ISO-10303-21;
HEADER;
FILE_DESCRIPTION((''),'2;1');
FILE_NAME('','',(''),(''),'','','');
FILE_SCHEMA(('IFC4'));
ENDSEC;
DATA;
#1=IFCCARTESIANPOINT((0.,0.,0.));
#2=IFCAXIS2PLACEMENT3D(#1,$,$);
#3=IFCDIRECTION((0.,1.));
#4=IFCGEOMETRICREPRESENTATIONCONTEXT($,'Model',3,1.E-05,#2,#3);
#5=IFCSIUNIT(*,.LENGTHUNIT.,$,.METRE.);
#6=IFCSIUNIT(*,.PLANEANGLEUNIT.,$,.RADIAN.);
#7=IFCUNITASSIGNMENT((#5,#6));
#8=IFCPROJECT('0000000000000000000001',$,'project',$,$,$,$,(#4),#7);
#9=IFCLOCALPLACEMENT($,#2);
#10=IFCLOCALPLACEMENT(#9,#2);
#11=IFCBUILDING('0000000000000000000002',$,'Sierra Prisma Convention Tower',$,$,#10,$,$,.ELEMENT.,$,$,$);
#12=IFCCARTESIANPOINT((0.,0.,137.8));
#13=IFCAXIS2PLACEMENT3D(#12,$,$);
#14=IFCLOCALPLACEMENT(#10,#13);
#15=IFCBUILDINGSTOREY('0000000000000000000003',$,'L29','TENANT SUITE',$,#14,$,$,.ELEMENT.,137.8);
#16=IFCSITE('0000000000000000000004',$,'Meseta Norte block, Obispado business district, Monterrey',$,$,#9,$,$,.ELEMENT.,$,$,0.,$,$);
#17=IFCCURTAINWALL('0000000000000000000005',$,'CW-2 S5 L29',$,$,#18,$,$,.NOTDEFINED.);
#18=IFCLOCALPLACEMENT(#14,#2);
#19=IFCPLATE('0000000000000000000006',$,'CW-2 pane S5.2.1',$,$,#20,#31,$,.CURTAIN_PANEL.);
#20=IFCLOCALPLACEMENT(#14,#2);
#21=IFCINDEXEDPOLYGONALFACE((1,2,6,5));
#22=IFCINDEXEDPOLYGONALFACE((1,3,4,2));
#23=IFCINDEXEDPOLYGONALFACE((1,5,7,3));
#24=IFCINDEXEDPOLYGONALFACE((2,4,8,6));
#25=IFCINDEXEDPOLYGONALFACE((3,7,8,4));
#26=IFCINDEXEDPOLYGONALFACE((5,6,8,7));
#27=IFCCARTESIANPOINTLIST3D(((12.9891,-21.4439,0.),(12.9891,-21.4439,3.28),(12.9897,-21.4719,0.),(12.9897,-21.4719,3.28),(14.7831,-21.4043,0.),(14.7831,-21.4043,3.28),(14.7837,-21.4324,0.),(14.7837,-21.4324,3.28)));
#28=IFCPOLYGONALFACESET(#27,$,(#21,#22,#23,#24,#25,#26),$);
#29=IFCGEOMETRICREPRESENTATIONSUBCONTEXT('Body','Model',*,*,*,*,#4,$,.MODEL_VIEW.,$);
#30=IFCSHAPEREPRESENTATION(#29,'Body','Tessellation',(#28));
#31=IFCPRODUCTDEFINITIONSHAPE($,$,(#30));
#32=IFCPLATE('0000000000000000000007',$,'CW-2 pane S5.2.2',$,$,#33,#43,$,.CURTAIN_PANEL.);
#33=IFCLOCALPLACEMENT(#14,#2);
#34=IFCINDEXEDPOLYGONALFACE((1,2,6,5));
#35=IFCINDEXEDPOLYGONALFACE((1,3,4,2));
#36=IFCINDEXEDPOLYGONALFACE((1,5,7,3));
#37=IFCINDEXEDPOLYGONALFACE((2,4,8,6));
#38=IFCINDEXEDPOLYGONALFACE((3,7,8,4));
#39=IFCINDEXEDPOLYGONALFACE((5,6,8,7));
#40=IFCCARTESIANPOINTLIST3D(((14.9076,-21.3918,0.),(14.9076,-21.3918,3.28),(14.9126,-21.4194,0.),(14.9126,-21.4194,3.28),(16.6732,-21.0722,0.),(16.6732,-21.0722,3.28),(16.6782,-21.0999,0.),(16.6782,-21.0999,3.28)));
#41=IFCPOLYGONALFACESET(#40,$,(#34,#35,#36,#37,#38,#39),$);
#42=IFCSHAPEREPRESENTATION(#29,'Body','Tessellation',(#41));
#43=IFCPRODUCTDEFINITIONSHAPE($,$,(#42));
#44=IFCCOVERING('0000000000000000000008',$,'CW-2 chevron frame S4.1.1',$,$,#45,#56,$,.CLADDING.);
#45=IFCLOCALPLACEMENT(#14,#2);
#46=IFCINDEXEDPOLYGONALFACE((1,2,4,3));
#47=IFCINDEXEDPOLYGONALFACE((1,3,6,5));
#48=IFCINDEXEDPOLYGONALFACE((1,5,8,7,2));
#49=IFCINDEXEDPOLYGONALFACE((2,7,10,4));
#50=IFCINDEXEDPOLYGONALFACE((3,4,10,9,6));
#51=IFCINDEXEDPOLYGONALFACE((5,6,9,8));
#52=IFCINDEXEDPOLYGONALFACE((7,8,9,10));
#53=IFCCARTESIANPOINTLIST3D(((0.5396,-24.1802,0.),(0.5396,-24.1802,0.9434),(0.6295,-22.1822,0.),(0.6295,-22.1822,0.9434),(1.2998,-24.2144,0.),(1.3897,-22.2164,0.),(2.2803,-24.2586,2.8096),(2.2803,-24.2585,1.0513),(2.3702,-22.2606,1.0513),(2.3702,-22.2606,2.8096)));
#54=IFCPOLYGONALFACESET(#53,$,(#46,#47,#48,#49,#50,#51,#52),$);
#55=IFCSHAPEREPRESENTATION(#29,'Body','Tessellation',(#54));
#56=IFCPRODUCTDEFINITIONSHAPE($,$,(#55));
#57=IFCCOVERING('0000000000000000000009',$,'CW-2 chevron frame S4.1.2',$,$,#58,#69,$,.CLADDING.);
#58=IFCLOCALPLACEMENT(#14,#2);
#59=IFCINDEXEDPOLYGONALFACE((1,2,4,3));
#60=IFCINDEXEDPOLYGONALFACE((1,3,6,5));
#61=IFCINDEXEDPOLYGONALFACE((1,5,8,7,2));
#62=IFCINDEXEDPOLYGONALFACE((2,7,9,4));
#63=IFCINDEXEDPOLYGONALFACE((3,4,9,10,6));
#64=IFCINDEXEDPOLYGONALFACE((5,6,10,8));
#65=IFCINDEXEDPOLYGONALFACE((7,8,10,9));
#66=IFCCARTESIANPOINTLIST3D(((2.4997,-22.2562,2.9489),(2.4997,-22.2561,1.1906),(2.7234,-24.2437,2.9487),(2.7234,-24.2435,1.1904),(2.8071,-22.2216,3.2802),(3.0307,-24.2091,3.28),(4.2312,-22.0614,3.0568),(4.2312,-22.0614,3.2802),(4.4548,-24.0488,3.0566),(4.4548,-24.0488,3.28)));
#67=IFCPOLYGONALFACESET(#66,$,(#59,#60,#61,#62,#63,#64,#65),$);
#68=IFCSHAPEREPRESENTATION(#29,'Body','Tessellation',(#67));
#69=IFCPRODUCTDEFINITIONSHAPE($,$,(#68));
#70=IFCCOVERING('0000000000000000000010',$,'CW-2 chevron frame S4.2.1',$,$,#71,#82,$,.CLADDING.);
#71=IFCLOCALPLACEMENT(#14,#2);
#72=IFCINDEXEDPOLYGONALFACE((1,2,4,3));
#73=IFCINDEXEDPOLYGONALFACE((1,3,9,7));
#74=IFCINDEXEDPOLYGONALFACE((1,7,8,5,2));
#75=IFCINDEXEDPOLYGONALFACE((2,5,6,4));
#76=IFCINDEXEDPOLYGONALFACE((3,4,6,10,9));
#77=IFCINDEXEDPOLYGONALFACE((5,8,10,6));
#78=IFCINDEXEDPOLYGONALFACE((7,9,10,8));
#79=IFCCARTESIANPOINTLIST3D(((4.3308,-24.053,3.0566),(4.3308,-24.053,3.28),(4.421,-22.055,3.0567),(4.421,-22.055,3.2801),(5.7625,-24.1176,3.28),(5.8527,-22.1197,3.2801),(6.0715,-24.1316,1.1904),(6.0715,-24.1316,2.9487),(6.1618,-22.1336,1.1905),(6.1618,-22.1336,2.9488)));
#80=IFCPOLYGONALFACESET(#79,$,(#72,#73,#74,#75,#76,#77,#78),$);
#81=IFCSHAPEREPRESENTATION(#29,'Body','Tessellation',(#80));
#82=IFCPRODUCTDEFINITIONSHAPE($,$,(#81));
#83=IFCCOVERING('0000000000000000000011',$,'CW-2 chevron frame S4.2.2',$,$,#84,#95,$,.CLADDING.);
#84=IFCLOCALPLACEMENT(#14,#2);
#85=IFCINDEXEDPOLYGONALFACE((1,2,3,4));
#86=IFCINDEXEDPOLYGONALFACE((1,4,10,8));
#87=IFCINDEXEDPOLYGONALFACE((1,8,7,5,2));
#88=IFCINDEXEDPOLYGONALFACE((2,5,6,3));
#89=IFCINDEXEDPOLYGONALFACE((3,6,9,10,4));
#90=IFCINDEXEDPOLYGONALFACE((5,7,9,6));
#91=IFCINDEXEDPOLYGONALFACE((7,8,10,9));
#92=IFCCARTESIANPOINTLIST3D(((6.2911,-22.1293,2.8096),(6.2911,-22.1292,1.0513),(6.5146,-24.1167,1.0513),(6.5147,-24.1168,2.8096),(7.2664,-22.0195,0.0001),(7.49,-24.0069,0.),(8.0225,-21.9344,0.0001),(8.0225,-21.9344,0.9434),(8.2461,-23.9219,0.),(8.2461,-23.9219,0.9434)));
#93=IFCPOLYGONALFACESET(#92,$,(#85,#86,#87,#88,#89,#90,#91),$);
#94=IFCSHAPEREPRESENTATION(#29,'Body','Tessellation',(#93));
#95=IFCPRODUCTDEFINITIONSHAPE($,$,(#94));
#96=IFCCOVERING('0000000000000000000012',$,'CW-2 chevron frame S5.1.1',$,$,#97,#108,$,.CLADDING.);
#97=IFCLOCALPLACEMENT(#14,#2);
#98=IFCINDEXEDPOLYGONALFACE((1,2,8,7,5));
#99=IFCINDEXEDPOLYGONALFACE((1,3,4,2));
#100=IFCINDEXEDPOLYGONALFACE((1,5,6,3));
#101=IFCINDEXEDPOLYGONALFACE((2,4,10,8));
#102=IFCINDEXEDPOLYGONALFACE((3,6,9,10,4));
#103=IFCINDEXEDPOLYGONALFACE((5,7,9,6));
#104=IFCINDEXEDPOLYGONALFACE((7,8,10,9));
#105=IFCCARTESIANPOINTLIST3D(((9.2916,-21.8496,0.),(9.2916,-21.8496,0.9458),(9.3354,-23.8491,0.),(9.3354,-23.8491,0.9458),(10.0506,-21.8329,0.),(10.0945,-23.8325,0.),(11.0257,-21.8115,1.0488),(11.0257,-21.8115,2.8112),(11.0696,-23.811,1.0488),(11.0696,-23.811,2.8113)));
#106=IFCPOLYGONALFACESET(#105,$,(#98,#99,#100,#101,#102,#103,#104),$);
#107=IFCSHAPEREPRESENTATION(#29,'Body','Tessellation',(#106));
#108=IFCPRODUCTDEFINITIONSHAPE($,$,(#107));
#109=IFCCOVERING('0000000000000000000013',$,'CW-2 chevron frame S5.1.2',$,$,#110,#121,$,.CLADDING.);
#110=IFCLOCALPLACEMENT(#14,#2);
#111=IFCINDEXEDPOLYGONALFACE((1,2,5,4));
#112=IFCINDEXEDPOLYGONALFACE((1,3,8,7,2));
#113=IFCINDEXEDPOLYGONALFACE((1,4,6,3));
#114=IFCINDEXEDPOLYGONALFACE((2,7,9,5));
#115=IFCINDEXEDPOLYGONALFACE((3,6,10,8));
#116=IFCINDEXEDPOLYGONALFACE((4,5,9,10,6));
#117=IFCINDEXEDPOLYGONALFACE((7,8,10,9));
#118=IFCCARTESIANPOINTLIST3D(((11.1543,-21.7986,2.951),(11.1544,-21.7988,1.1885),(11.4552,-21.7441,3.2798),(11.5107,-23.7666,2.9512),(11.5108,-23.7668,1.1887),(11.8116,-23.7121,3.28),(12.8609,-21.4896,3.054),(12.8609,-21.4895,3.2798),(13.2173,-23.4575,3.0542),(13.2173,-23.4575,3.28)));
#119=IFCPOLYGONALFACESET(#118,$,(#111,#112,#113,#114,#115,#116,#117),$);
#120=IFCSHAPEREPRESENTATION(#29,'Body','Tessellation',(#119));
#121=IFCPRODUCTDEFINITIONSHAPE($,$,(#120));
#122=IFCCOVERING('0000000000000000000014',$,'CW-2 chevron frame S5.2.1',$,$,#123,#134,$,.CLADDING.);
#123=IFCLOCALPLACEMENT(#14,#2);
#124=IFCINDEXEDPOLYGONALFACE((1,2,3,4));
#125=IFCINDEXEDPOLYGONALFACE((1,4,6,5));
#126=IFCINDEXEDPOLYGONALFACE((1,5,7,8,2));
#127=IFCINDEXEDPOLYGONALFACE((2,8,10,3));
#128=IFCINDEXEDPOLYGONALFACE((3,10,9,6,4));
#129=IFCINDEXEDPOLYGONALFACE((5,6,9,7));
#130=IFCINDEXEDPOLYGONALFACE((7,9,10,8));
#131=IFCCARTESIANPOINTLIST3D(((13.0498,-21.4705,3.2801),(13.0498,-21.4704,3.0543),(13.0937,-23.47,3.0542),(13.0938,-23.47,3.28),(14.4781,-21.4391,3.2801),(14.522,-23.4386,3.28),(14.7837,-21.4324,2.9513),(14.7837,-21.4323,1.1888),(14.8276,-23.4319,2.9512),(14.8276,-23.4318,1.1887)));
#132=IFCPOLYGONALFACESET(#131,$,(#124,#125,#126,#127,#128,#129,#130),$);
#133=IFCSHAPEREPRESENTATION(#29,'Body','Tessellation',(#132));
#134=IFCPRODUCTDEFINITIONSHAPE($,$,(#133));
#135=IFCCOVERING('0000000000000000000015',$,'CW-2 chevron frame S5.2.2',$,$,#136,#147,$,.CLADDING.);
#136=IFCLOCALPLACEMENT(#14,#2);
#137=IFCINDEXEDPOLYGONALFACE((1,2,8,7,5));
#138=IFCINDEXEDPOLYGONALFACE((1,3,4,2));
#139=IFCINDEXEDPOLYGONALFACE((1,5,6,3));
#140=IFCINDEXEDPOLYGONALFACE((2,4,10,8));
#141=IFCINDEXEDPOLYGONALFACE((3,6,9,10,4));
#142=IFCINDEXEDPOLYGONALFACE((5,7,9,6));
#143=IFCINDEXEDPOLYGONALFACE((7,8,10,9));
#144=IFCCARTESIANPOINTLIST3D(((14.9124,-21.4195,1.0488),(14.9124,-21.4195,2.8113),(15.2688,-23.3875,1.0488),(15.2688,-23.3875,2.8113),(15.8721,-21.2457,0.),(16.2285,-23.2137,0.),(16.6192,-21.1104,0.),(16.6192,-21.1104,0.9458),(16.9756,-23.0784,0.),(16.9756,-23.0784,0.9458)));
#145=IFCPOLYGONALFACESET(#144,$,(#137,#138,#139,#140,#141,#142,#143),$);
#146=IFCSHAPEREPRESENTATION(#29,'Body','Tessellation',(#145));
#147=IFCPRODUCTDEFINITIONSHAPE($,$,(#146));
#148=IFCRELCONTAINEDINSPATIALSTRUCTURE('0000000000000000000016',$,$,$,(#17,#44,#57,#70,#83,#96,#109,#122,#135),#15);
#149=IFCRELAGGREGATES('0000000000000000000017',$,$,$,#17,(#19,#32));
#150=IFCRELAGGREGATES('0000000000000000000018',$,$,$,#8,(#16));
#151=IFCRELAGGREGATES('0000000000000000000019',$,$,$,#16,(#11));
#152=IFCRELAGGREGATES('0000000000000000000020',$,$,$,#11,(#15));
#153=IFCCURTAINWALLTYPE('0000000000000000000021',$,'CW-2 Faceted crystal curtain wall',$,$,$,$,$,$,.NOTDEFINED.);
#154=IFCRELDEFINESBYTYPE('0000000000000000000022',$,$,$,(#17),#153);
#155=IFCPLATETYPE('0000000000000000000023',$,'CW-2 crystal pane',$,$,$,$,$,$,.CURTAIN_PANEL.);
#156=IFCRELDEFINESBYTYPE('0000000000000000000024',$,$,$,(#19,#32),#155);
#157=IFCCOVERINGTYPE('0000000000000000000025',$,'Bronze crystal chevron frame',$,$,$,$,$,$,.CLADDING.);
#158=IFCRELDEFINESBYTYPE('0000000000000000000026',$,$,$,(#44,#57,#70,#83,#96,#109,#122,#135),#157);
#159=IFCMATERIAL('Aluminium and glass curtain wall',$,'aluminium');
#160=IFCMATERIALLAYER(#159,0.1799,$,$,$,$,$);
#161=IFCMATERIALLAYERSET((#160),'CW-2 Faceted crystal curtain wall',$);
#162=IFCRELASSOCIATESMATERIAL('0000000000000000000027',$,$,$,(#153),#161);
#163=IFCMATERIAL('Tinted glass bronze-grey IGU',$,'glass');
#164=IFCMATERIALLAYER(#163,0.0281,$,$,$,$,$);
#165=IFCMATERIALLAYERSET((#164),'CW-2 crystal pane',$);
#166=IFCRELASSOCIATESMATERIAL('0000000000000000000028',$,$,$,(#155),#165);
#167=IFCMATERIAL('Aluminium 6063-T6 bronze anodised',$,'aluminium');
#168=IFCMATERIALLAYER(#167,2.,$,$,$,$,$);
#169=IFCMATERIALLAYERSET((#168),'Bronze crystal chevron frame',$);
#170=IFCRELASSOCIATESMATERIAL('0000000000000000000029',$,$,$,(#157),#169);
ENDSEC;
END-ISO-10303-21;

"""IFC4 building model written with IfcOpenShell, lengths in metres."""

from ifc_helpers import new_model, si_unit, direction, frame, origin, place, context, subcontext, project, spatial, polyline, outline, extrude, material, layer, layer_set, type_object, element, aggregate, save


model = new_model("IFC4")

# Units and contexts
model_context = context("Model", 3, precision=1e-05, world=origin(), true_north=direction((0.0, 1.0)))
body_context = subcontext(model_context, "Body", "Model", "MODEL_VIEW")
ifc_project = project(units=[si_unit("LENGTHUNIT", "METRE"), si_unit("PLANEANGLEUNIT", "RADIAN")], contexts=[model_context])

# Site, building, storey
site_placement = place(None, origin())
site = spatial("IfcSite", under=ifc_project, at=site_placement, Name="Meseta Norte block, Obispado business district, Monterrey", CompositionType="ELEMENT", RefElevation=0.0)
building_placement = place(site_placement, origin())
building = spatial("IfcBuilding", under=site, at=building_placement, Name="Sierra Prisma Convention Tower", CompositionType="ELEMENT")
storey_placement = place(building_placement, frame((0.0, 0.0, 137.8)))
storey = spatial("IfcBuildingStorey", under=building, at=storey_placement, Name="L29", Description="TENANT SUITE", CompositionType="ELEMENT", Elevation=137.8)

# Curtain wall
ifc_material_1 = material(Name="Aluminium and glass curtain wall", Category="aluminium")
ifc_layer_1 = layer(ifc_material_1, 0.1799)
ifc_layer_set_1 = layer_set([ifc_layer_1], Name="CW-2 Faceted crystal curtain wall")
curtain_wall_type = type_object("IfcCurtainWallType", Name="CW-2 Faceted crystal curtain wall", PredefinedType="NOTDEFINED", material=ifc_layer_set_1)
curtain_wall_1_placement = place(storey_placement, origin())
curtain_wall_1 = element("IfcCurtainWall", 1, at=curtain_wall_1_placement, inside=storey, type_object=curtain_wall_type, Name="CW-2 S5 L29", PredefinedType="NOTDEFINED")

# Plates
ifc_material_2 = material(Name="Tinted glass bronze-grey IGU", Category="glass")
ifc_layer_2 = layer(ifc_material_2, 0.0281)
ifc_layer_set_2 = layer_set([ifc_layer_2], Name="CW-2 crystal pane")
plate_type = type_object("IfcPlateType", Name="CW-2 crystal pane", PredefinedType="CURTAIN_PANEL", material=ifc_layer_set_2)
plate_1_placement = place(storey_placement, frame((12.9897, -21.4719, 0.0), z_axis=(0.022041, -0.999757, 0.0), x_axis=(0.999757, 0.022041, 0.0)))
plate_1 = element("IfcPlate", 2, at=plate_1_placement, type_object=plate_type, Name="CW-2 pane S5.2.1", PredefinedType="CURTAIN_PANEL", context=body_context, shape_type="SweptSolid", body=[
    extrude(outline(polyline([(0.0, 0.0), (1.7944, 0.0), (1.7944, 3.28), (0.0, 3.28), (0.0, 0.0)])), origin(), (0.0, 0.0, -1.0), 0.0281),
])
plate_2_placement = place(storey_placement, frame((16.6782, -21.0999, 0.0), z_axis=(0.178107, -0.984011, 0.0), x_axis=(-0.984011, -0.178107, 0.0)))
plate_2 = element("IfcPlate", 3, at=plate_2_placement, type_object=plate_type, Name="CW-2 pane S5.2.2", PredefinedType="CURTAIN_PANEL", context=body_context, shape_type="SweptSolid", body=[
    extrude(outline(polyline([(0.0, 0.0), (1.7943, 0.0), (1.7943, -3.28), (0.0, -3.28), (0.0, 0.0)])), origin(), (0.0, 0.0, -1.0), 0.0281),
])
aggregate(curtain_wall_1, [plate_1, plate_2])

# Coverings
ifc_material_3 = material(Name="Aluminium 6063-T6 bronze anodised", Category="aluminium")
ifc_layer_3 = layer(ifc_material_3, 2.0)
ifc_layer_set_3 = layer_set([ifc_layer_3], Name="Bronze crystal chevron frame")
covering_type = type_object("IfcCoveringType", Name="Bronze crystal chevron frame", PredefinedType="CLADDING", material=ifc_layer_set_3)
covering_1_placement = place(storey_placement, frame((0.5396, -24.1802, 0.0), z_axis=(-0.044966, -0.998989, -0.000015), x_axis=(0.998989, -0.044966, 0.0)))
element("IfcCovering", 4, at=covering_1_placement, inside=storey, type_object=covering_type, Name="CW-2 chevron frame S4.1.1", PredefinedType="CLADDING", context=body_context, shape_type="SweptSolid", body=[
    extrude(outline(polyline([(0.0, 0.0), (0.761, 0.0), (1.7425, 1.0513), (1.7425, 2.8096), (0.0, 0.9434), (0.0, 0.0)])), origin(), (0.0, 0.0, -1.0), 2.0),
])
covering_2_placement = place(storey_placement, frame((2.7234, -24.2437, 2.9487), z_axis=(0.111829, -0.993727, -0.000071), x_axis=(-0.000008, 0.000071, -1.0)))
element("IfcCovering", 5, at=covering_2_placement, inside=storey, type_object=covering_type, Name="CW-2 chevron frame S4.1.2", PredefinedType="CLADDING", context=body_context, shape_type="SweptSolid", body=[
    extrude(outline(polyline([(0.0, 0.0), (1.7583, 0.0), (-0.1079, 1.7424), (-0.3313, 1.7424), (-0.3313, 0.3093), (0.0, 0.0)])), origin(), (0.0, 0.0, -1.0), 2.0),
])
covering_3_placement = place(storey_placement, frame((4.3308, -24.053, 3.28), z_axis=(-0.045119, -0.998982, -0.000019), x_axis=(0.000001, 0.000019, -1.0)))
element("IfcCovering", 6, at=covering_3_placement, inside=storey, type_object=covering_type, Name="CW-2 chevron frame S4.2.1", PredefinedType="CLADDING", context=body_context, shape_type="SweptSolid", body=[
    extrude(outline(polyline([(0.0, 0.0), (0.2234, 0.0), (2.0896, 1.7425), (0.3313, 1.7425), (0.0, 1.4331), (0.0, 0.0)])), origin(), (0.0, 0.0, -1.0), 2.0),
])
covering_4_placement = place(storey_placement, frame((8.2461, -23.9219, 0.0), z_axis=(0.111794, -0.993731, -0.000037), x_axis=(0.000004, -0.000036, 1.0)))
element("IfcCovering", 7, at=covering_4_placement, inside=storey, type_object=covering_type, Name="CW-2 chevron frame S4.2.2", PredefinedType="CLADDING", context=body_context, shape_type="SweptSolid", body=[
    extrude(outline(polyline([(0.0, 0.0), (0.9434, 0.0), (2.8096, 1.7424), (1.0513, 1.7424), (0.0, 0.7609), (0.0, 0.0)])), origin(), (0.0, 0.0, -1.0), 2.0),
])
covering_5_placement = place(storey_placement, frame((9.3354, -23.8491, 0.0), z_axis=(0.021944, -0.999759, 0.000022), x_axis=(0.999759, 0.021944, 0.0)))
element("IfcCovering", 8, at=covering_5_placement, inside=storey, type_object=covering_type, Name="CW-2 chevron frame S5.1.1", PredefinedType="CLADDING", context=body_context, shape_type="SweptSolid", body=[
    extrude(outline(polyline([(0.0, 0.0), (0.7592, 0.0), (1.7345, 1.0488), (1.7345, 2.8113), (0.0, 0.9458), (0.0, 0.0)])), origin(), (0.0, 0.0, -1.0), 2.0),
])
covering_6_placement = place(storey_placement, frame((11.5107, -23.7666, 2.9512), z_axis=(0.178199, -0.983994, 0.000092), x_axis=(0.000016, -0.000091, -1.0)))
element("IfcCovering", 9, at=covering_6_placement, inside=storey, type_object=covering_type, Name="CW-2 chevron frame S5.1.2", PredefinedType="CLADDING", context=body_context, shape_type="SweptSolid", body=[
    extrude(outline(polyline([(0.0, 0.0), (1.7625, 0.0), (-0.103, 1.7343), (-0.3289, 1.7343), (-0.3289, 0.3057), (0.0, 0.0)])), origin(), (0.0, 0.0, -1.0), 2.0),
])
covering_7_placement = place(storey_placement, frame((13.0938, -23.47, 3.28), z_axis=(0.02195, -0.999759, -0.000054), x_axis=(-0.000001, 0.000054, -1.0)))
element("IfcCovering", 10, at=covering_7_placement, inside=storey, type_object=covering_type, Name="CW-2 chevron frame S5.2.1", PredefinedType="CLADDING", context=body_context, shape_type="SweptSolid", body=[
    extrude(outline(polyline([(0.0, 0.0), (0.2258, 0.0), (2.0913, 1.7343), (0.3289, 1.7343), (0.0, 1.4286), (0.0, 0.0)])), origin(), (0.0, 0.0, -1.0), 2.0),
])
covering_8_placement = place(storey_placement, frame((16.9756, -23.0784, 0.0), z_axis=(0.178186, -0.983997, -0.00001), x_axis=(0.000002, -0.00001, 1.0)))
element("IfcCovering", 11, at=covering_8_placement, inside=storey, type_object=covering_type, Name="CW-2 chevron frame S5.2.2", PredefinedType="CLADDING", context=body_context, shape_type="SweptSolid", body=[
    extrude(outline(polyline([(0.0, 0.0), (0.9458, 0.0), (2.8113, 1.7345), (1.0488, 1.7345), (0.0, 0.7592), (0.0, 0.0)])), origin(), (0.0, 0.0, -1.0), 2.0),
])

save(model, "model.ifc")
